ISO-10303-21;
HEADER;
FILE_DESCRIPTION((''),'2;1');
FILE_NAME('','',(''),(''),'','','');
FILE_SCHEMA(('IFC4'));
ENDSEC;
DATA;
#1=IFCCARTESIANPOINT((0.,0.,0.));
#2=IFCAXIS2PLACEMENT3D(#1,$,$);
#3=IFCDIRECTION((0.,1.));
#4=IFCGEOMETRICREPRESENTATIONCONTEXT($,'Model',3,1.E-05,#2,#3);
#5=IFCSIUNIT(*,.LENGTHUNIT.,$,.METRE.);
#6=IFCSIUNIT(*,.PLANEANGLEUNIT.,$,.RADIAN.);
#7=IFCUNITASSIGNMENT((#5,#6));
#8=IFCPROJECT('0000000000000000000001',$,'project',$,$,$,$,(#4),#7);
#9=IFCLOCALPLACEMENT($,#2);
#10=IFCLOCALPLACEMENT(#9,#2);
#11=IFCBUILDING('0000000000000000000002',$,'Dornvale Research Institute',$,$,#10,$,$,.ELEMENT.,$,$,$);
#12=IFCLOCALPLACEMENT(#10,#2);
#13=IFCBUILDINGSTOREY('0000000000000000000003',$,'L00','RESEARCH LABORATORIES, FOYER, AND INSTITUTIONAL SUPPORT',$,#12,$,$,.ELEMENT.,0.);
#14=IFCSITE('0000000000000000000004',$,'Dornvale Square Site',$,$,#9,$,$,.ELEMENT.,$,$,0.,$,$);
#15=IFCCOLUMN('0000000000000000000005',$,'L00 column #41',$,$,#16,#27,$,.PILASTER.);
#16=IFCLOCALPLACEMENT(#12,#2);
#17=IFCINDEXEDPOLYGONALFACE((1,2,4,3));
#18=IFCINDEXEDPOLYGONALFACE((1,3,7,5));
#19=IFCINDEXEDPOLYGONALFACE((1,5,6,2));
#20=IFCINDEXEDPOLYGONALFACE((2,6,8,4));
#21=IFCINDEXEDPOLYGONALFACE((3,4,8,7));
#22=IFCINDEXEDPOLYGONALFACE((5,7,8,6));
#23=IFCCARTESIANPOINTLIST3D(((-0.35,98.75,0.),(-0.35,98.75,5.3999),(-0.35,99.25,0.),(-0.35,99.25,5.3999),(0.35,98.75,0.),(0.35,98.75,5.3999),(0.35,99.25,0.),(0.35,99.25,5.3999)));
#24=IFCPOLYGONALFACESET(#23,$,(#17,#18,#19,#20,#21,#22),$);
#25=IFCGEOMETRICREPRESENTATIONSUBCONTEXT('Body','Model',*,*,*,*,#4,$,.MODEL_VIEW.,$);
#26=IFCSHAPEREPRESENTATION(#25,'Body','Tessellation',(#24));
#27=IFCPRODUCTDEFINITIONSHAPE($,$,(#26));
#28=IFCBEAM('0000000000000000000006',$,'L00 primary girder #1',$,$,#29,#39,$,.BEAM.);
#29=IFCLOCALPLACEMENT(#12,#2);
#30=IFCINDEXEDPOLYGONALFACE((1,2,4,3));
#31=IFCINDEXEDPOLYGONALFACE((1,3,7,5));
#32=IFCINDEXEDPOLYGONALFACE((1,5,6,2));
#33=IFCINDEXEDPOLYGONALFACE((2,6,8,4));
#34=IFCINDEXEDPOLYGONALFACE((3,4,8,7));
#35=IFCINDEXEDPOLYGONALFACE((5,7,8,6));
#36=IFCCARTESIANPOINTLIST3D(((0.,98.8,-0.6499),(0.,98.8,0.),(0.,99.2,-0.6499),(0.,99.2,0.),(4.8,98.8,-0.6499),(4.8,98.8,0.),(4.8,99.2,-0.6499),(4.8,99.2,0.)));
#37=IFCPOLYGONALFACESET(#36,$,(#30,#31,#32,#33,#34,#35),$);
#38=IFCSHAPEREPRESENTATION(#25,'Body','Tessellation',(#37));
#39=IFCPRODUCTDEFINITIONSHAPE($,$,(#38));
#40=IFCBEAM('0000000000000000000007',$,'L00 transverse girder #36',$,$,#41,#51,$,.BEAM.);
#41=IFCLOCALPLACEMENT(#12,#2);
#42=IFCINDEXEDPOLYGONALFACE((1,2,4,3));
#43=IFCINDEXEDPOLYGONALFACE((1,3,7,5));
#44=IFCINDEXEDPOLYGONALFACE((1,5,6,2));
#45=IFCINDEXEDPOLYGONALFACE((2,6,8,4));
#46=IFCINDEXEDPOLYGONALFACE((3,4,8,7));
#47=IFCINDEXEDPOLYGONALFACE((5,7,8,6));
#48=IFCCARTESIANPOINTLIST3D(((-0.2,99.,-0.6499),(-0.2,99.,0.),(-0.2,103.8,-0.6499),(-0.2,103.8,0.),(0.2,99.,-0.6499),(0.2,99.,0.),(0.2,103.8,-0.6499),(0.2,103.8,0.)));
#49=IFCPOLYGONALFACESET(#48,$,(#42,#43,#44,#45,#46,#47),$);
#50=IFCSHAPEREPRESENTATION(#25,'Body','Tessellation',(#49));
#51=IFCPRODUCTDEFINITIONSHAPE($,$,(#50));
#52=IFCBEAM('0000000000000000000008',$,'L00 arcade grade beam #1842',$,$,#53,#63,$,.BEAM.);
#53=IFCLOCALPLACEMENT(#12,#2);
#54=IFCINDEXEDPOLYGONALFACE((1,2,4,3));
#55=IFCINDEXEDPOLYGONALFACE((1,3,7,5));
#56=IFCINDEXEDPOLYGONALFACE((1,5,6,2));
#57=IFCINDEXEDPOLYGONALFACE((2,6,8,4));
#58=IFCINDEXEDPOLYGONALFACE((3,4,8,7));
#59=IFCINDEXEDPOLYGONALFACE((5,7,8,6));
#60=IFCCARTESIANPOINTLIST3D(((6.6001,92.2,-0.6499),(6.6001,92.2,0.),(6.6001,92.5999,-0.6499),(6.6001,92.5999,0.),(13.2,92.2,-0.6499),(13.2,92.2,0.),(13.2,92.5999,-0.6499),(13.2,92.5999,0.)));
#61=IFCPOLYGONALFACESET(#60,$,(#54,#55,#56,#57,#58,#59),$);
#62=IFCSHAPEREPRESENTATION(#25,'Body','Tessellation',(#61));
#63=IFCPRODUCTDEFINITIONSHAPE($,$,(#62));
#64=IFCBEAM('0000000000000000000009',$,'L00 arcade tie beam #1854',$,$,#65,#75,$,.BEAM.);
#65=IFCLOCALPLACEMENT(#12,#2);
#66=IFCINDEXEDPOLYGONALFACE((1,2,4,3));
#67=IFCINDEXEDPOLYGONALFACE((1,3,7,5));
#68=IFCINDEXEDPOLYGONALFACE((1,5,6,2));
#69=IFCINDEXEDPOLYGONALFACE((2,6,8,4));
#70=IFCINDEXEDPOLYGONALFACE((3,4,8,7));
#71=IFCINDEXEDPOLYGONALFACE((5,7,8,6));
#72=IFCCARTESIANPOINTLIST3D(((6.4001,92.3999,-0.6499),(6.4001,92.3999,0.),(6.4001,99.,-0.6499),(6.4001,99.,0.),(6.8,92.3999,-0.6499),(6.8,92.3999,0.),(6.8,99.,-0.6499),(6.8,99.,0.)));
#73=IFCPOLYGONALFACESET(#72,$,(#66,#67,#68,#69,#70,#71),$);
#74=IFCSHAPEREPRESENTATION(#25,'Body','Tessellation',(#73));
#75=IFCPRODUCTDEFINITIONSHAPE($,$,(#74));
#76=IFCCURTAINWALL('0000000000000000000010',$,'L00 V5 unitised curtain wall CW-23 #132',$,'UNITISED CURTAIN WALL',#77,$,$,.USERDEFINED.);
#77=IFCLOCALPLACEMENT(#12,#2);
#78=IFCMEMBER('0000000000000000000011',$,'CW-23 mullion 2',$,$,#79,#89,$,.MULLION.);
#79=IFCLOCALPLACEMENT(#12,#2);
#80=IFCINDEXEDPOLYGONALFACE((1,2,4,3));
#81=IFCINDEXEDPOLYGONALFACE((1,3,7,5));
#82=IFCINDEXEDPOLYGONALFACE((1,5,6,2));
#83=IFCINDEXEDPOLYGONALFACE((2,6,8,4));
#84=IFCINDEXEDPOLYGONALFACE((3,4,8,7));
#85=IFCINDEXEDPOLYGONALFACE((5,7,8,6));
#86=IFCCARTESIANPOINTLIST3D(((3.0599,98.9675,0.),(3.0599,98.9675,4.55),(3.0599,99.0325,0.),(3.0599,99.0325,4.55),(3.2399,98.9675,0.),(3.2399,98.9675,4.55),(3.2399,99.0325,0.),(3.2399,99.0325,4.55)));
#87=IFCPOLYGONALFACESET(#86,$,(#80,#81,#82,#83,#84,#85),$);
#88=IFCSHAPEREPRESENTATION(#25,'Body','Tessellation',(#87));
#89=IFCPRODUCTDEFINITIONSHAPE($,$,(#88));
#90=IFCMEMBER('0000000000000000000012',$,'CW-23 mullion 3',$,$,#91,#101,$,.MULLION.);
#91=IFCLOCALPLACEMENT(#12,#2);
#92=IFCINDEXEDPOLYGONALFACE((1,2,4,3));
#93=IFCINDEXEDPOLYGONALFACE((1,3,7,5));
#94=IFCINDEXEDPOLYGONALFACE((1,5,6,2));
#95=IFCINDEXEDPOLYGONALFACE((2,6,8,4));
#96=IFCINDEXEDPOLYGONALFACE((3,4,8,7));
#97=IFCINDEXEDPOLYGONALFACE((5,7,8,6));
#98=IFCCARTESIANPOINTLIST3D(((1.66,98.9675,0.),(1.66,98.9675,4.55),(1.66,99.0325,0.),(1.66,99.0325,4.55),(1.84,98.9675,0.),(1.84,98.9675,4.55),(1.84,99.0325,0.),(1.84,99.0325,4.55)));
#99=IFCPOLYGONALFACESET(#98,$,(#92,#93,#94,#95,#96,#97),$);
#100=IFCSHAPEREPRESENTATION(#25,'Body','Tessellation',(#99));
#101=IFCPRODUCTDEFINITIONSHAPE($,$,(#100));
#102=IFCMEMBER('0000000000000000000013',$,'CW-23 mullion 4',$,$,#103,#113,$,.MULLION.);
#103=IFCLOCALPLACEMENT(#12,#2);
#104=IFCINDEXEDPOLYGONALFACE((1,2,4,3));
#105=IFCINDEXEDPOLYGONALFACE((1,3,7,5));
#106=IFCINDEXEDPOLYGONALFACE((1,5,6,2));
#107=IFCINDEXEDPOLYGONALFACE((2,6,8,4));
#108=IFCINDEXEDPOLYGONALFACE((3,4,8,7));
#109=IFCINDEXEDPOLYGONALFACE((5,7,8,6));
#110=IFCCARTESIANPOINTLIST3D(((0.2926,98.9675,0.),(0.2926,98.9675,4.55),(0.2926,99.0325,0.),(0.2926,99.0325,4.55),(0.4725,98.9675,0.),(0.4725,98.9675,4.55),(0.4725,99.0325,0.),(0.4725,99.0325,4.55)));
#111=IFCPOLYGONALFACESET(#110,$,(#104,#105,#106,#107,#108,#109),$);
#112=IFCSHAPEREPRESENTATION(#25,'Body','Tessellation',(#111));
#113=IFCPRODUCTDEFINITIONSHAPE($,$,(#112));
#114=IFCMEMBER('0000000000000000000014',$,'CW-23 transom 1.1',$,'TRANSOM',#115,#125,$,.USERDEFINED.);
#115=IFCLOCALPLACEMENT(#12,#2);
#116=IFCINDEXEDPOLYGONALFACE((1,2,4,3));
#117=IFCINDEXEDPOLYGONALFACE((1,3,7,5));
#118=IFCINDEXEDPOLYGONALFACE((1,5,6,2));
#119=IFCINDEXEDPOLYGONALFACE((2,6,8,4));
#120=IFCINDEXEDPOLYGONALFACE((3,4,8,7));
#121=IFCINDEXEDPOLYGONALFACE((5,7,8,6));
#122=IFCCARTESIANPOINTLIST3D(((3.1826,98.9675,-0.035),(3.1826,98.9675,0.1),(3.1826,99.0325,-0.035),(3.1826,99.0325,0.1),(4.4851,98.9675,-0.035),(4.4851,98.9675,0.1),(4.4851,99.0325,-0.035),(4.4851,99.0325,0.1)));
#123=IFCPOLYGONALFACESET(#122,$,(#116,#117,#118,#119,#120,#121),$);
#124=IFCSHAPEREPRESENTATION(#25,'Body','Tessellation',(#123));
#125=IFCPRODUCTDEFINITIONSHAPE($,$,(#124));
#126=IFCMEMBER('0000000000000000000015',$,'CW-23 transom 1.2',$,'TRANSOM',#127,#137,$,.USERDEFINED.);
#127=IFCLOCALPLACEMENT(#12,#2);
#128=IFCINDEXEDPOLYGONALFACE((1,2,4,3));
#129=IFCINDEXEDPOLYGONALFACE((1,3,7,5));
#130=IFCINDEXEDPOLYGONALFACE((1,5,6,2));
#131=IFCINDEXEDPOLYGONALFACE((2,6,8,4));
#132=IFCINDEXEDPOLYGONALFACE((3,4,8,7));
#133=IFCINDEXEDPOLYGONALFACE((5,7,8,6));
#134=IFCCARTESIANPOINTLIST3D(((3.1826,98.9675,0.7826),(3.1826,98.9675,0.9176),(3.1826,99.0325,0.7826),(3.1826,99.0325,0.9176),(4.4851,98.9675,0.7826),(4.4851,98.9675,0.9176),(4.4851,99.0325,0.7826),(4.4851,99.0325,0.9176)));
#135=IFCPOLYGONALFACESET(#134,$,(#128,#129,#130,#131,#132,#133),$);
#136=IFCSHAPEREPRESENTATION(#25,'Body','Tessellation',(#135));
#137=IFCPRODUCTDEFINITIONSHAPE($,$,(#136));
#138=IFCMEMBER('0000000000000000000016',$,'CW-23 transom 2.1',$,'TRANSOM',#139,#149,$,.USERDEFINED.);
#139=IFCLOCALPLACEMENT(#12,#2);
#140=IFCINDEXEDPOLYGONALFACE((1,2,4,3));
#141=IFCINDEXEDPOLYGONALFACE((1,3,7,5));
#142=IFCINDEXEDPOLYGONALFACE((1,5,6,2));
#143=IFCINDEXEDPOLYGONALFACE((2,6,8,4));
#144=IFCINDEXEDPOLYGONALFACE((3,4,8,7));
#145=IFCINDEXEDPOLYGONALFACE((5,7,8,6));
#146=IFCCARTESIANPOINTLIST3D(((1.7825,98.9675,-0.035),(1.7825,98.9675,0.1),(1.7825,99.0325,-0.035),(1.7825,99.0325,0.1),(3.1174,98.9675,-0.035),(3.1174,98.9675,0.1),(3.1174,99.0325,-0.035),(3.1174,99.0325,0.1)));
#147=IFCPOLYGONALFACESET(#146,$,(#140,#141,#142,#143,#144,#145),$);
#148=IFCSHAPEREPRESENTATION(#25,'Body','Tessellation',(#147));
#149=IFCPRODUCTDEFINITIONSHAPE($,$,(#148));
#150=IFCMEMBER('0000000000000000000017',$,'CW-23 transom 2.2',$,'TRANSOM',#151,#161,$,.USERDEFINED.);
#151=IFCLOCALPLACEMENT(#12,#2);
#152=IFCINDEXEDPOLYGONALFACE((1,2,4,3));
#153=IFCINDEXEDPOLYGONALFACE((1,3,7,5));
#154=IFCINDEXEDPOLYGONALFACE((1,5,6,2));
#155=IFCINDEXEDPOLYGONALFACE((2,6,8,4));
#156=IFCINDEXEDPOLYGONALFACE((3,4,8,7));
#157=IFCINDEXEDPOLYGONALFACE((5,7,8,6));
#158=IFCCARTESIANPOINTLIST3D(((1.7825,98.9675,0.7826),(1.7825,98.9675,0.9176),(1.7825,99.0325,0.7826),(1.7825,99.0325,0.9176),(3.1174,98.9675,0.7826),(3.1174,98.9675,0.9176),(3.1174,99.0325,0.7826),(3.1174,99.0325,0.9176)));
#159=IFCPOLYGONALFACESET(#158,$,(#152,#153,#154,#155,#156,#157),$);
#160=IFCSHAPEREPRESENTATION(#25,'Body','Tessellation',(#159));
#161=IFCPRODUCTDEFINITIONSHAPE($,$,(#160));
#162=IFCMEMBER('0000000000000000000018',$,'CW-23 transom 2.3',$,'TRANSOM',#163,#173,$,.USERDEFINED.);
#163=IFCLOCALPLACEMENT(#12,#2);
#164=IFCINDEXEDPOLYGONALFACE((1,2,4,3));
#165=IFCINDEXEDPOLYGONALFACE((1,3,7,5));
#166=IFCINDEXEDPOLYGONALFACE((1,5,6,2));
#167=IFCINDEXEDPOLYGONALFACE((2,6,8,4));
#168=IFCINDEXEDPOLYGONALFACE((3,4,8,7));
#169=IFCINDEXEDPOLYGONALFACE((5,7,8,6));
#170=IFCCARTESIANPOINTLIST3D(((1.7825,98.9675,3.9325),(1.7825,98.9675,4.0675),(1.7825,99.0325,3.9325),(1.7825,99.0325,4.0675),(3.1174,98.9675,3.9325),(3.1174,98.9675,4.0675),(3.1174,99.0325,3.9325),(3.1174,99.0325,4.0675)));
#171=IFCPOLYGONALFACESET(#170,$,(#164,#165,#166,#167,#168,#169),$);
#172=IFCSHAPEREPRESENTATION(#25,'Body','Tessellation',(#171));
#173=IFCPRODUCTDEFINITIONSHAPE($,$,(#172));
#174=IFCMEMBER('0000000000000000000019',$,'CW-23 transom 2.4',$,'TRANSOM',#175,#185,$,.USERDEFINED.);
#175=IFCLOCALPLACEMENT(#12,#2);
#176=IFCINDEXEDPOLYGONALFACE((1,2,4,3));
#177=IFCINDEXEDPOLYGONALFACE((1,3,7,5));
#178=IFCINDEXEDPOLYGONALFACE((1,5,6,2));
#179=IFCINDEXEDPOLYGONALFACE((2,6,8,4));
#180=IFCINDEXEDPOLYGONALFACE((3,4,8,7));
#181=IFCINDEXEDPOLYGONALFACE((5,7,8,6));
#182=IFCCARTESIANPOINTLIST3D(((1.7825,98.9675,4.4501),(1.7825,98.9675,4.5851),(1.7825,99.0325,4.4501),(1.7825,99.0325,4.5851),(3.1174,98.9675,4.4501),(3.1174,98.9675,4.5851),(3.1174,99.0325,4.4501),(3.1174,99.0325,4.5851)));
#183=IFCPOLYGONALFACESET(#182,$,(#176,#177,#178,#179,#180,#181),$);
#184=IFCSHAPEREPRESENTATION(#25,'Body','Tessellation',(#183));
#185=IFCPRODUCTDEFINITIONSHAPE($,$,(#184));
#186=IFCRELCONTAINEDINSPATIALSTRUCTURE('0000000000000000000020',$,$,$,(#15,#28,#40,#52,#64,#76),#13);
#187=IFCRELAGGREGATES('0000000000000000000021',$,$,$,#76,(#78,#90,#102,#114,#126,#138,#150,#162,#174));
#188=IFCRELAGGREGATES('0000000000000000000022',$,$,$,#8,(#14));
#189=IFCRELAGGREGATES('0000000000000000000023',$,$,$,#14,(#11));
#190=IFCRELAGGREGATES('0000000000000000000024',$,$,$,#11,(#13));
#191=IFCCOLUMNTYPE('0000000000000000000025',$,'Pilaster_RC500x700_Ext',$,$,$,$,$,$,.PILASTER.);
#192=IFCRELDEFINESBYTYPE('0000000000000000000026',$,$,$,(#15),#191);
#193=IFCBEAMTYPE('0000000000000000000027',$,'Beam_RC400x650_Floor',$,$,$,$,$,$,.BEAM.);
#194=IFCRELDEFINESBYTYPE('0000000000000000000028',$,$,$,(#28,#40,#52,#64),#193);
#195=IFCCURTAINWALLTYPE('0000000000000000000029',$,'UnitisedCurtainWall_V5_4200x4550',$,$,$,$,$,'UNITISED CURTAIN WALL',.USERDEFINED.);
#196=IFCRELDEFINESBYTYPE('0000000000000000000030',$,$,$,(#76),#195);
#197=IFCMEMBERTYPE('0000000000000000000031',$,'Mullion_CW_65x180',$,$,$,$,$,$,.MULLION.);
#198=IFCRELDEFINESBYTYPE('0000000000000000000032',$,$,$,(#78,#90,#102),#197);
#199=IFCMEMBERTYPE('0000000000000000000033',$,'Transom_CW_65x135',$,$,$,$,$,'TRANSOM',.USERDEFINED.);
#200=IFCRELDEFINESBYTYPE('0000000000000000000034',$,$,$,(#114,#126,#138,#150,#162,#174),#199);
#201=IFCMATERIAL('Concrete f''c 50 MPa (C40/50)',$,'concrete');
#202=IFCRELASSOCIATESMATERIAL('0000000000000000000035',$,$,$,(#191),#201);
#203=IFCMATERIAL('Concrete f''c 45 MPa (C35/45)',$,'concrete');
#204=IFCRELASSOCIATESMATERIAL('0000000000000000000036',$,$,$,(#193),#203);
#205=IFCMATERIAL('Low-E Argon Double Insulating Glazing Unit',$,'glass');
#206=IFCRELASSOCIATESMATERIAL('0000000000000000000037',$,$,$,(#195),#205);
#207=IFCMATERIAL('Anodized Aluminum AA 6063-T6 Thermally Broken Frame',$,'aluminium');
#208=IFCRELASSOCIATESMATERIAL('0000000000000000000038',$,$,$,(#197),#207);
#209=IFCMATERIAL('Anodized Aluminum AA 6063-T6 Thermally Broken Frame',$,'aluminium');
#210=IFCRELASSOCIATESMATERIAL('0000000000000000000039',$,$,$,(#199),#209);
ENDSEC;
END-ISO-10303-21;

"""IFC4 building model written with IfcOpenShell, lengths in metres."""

from ifc_helpers import new_model, si_unit, direction, frame, origin, origin_2d, place, context, subcontext, project, spatial, rectangle, extrude, material, material_profile, profile_set, type_object, element, aggregate, save


model = new_model("IFC4")

# Units and contexts
model_context = context("Model", 3, precision=1e-05, world=origin(), true_north=direction((0.0, 1.0)))
body_context = subcontext(model_context, "Body", "Model", "MODEL_VIEW")
ifc_project = project(units=[si_unit("LENGTHUNIT", "METRE"), si_unit("PLANEANGLEUNIT", "RADIAN")], contexts=[model_context])

# Site, building, storey
site_placement = place(None, origin())
site = spatial("IfcSite", under=ifc_project, at=site_placement, Name="Dornvale Square Site", CompositionType="ELEMENT", RefElevation=0.0)
building_placement = place(site_placement, origin())
building = spatial("IfcBuilding", under=site, at=building_placement, Name="Dornvale Research Institute", CompositionType="ELEMENT")
storey_placement = place(building_placement, origin())
storey = spatial("IfcBuildingStorey", under=building, at=storey_placement, Name="L00", Description="RESEARCH LABORATORIES, FOYER, AND INSTITUTIONAL SUPPORT", CompositionType="ELEMENT", Elevation=0.0)

# Column
ifc_material_1 = material(Name="Concrete f'c 50 MPa (C40/50)", Category="concrete")
ifc_material_profile_1 = material_profile(ifc_material_1, rectangle(XDim=0.5, YDim=0.7, at=origin_2d()), Name="RC 500x700")
ifc_profile_set_1 = profile_set([ifc_material_profile_1], Name="Concrete f'c 50 MPa (C40/50)")
column_type = type_object("IfcColumnType", Name="Pilaster_RC500x700_Ext", PredefinedType="PILASTER", material=ifc_profile_set_1)
column_placement = place(storey_placement, frame((0.0, 99.0, 0.0), z_axis=(0.0, 0.0, 1.0), x_axis=(0.0, 1.0, 0.0)))
element("IfcColumn", 1, at=column_placement, inside=storey, type_object=column_type, Name="L00 column #41", PredefinedType="PILASTER", context=body_context, shape_type="SweptSolid", body=[
    extrude(rectangle(XDim=0.5, YDim=0.7, at=origin_2d()), origin(), (0.0, 0.0, 1.0), 5.3999),
])

# Beams
ifc_material_2 = material(Name="Concrete f'c 45 MPa (C35/45)", Category="concrete")
ifc_material_profile_2 = material_profile(ifc_material_2, rectangle(XDim=0.3999, YDim=0.6499, at=origin_2d()), Name="RC 400x650")
ifc_profile_set_2 = profile_set([ifc_material_profile_2], Name="Concrete f'c 45 MPa (C35/45)")
beam_type = type_object("IfcBeamType", Name="Beam_RC400x650_Floor", PredefinedType="BEAM", material=ifc_profile_set_2)
for number, where, z_axis, x_axis, name in (
    (2, (0.0, 99.0, -0.325), (1.0, 0.0, 0.0), (0.0, 1.0, 0.0), "L00 primary girder #1"),
    (3, (0.0, 99.0, -0.325), (0.0, 1.0, 0.0), (-1.0, 0.0, 0.0), "L00 transverse girder #36"),
):
    element("IfcBeam", number, at=place(storey_placement, frame(where, z_axis=z_axis, x_axis=x_axis)), inside=storey, type_object=beam_type, Name=name, PredefinedType="BEAM", context=body_context, shape_type="SweptSolid", body=[
        extrude(rectangle(XDim=0.3999, YDim=0.6499, at=origin_2d()), origin(), (0.0, 0.0, 1.0), 4.8),
    ])
beam_1_placement = place(storey_placement, frame((6.6001, 92.3999, -0.325), z_axis=(1.0, 0.0, 0.0), x_axis=(0.0, 1.0, 0.0)))
element("IfcBeam", 4, at=beam_1_placement, inside=storey, type_object=beam_type, Name="L00 arcade grade beam #1842", PredefinedType="BEAM", context=body_context, shape_type="SweptSolid", body=[
    extrude(rectangle(XDim=0.3999, YDim=0.6499, at=origin_2d()), origin(), (0.0, 0.0, 1.0), 6.5999),
])
beam_2_placement = place(storey_placement, frame((6.6001, 92.3999, -0.325), z_axis=(0.0, 1.0, 0.0), x_axis=(-1.0, 0.0, 0.0)))
element("IfcBeam", 5, at=beam_2_placement, inside=storey, type_object=beam_type, Name="L00 arcade tie beam #1854", PredefinedType="BEAM", context=body_context, shape_type="SweptSolid", body=[
    extrude(rectangle(XDim=0.3999, YDim=0.6499, at=origin_2d()), origin(), (0.0, 0.0, 1.0), 6.6001),
])

# Curtain wall, members
ifc_material_3 = material(Name="Low-E Argon Double Insulating Glazing Unit", Category="glass")
curtain_wall_type = type_object("IfcCurtainWallType", Name="UnitisedCurtainWall_V5_4200x4550", ElementType="UNITISED CURTAIN WALL", PredefinedType="USERDEFINED", material=ifc_material_3)
curtain_wall_placement = place(storey_placement, origin())
curtain_wall = element("IfcCurtainWall", 6, at=curtain_wall_placement, inside=storey, type_object=curtain_wall_type, Name="L00 V5 unitised curtain wall CW-23 #132", ObjectType="UNITISED CURTAIN WALL", PredefinedType="USERDEFINED")
ifc_material_4 = material(Name="Anodized Aluminum AA 6063-T6 Thermally Broken Frame", Category="aluminium")
ifc_material_profile_3 = material_profile(ifc_material_4, rectangle(XDim=0.0649, YDim=0.1799, at=origin_2d()), Name="ALU MULLION 65x180")
ifc_profile_set_3 = profile_set([ifc_material_profile_3], Name="Anodized Aluminum AA 6063-T6 Thermally Broken Frame")
member_type_1 = type_object("IfcMemberType", Name="Mullion_CW_65x180", PredefinedType="MULLION", material=ifc_profile_set_3)
member_1_placement = place(storey_placement, frame((3.1499, 99.0, 0.0), z_axis=(0.0, 0.0, 1.0), x_axis=(0.0, -1.0, 0.0)))
member_1 = element("IfcMember", 7, at=member_1_placement, type_object=member_type_1, Name="CW-23 mullion 2", PredefinedType="MULLION", context=body_context, shape_type="SweptSolid", body=[
    extrude(rectangle(XDim=0.0649, YDim=0.1799, at=origin_2d()), origin(), (0.0, 0.0, 1.0), 4.55),
])
member_2_placement = place(storey_placement, frame((1.75, 99.0, 0.0), z_axis=(0.0, 0.0, 1.0), x_axis=(0.0, -1.0, 0.0)))
member_2 = element("IfcMember", 8, at=member_2_placement, type_object=member_type_1, Name="CW-23 mullion 3", PredefinedType="MULLION", context=body_context, shape_type="SweptSolid", body=[
    extrude(rectangle(XDim=0.0649, YDim=0.1799, at=origin_2d()), origin(), (0.0, 0.0, 1.0), 4.55),
])
member_3_placement = place(storey_placement, frame((0.3826, 99.0, 0.0), z_axis=(0.0, 0.0, 1.0), x_axis=(0.0, -1.0, 0.0)))
member_3 = element("IfcMember", 9, at=member_3_placement, type_object=member_type_1, Name="CW-23 mullion 4", PredefinedType="MULLION", context=body_context, shape_type="SweptSolid", body=[
    extrude(rectangle(XDim=0.0649, YDim=0.1799, at=origin_2d()), origin(), (0.0, 0.0, 1.0), 4.55),
])
ifc_material_5 = material(Name="Anodized Aluminum AA 6063-T6 Thermally Broken Frame", Category="aluminium")
ifc_material_profile_4 = material_profile(ifc_material_5, rectangle(XDim=0.0649, YDim=0.135, at=origin_2d()), Name="ALU TRANSOM 65x135")
ifc_profile_set_4 = profile_set([ifc_material_profile_4], Name="Anodized Aluminum AA 6063-T6 Thermally Broken Frame")
member_type_2 = type_object("IfcMemberType", Name="Transom_CW_65x135", ElementType="TRANSOM", PredefinedType="USERDEFINED", material=ifc_profile_set_4)
member_4_placement = place(storey_placement, frame((4.4851, 99.0, 0.0325), z_axis=(-1.0, 0.0, 0.0), x_axis=(0.0, -1.0, 0.0)))
member_4 = element("IfcMember", 10, at=member_4_placement, type_object=member_type_2, Name="CW-23 transom 1.1", ObjectType="TRANSOM", PredefinedType="USERDEFINED", context=body_context, shape_type="SweptSolid", body=[
    extrude(rectangle(XDim=0.0649, YDim=0.135, at=origin_2d()), origin(), (0.0, 0.0, 1.0), 1.3025),
])
member_5_placement = place(storey_placement, frame((4.4851, 99.0, 0.8501), z_axis=(-1.0, 0.0, 0.0), x_axis=(0.0, -1.0, 0.0)))
member_5 = element("IfcMember", 11, at=member_5_placement, type_object=member_type_2, Name="CW-23 transom 1.2", ObjectType="TRANSOM", PredefinedType="USERDEFINED", context=body_context, shape_type="SweptSolid", body=[
    extrude(rectangle(XDim=0.0649, YDim=0.135, at=origin_2d()), origin(), (0.0, 0.0, 1.0), 1.3025),
])
member_6_placement = place(storey_placement, frame((3.1174, 99.0, 0.0325), z_axis=(-1.0, 0.0, 0.0), x_axis=(0.0, -1.0, 0.0)))
member_6 = element("IfcMember", 12, at=member_6_placement, type_object=member_type_2, Name="CW-23 transom 2.1", ObjectType="TRANSOM", PredefinedType="USERDEFINED", context=body_context, shape_type="SweptSolid", body=[
    extrude(rectangle(XDim=0.0649, YDim=0.135, at=origin_2d()), origin(), (0.0, 0.0, 1.0), 1.335),
])
member_7_placement = place(storey_placement, frame((3.1174, 99.0, 0.8501), z_axis=(-1.0, 0.0, 0.0), x_axis=(0.0, -1.0, 0.0)))
member_7 = element("IfcMember", 13, at=member_7_placement, type_object=member_type_2, Name="CW-23 transom 2.2", ObjectType="TRANSOM", PredefinedType="USERDEFINED", context=body_context, shape_type="SweptSolid", body=[
    extrude(rectangle(XDim=0.0649, YDim=0.135, at=origin_2d()), origin(), (0.0, 0.0, 1.0), 1.335),
])
member_8_placement = place(storey_placement, frame((3.1174, 99.0, 4.0), z_axis=(-1.0, 0.0, 0.0), x_axis=(0.0, -1.0, 0.0)))
member_8 = element("IfcMember", 14, at=member_8_placement, type_object=member_type_2, Name="CW-23 transom 2.3", ObjectType="TRANSOM", PredefinedType="USERDEFINED", context=body_context, shape_type="SweptSolid", body=[
    extrude(rectangle(XDim=0.0649, YDim=0.135, at=origin_2d()), origin(), (0.0, 0.0, 1.0), 1.335),
])
member_9_placement = place(storey_placement, frame((3.1174, 99.0, 4.5176), z_axis=(-1.0, 0.0, 0.0), x_axis=(0.0, -1.0, 0.0)))
member_9 = element("IfcMember", 15, at=member_9_placement, type_object=member_type_2, Name="CW-23 transom 2.4", ObjectType="TRANSOM", PredefinedType="USERDEFINED", context=body_context, shape_type="SweptSolid", body=[
    extrude(rectangle(XDim=0.0649, YDim=0.135, at=origin_2d()), origin(), (0.0, 0.0, 1.0), 1.335),
])
aggregate(curtain_wall, [member_1, member_2, member_3, member_4, member_5, member_6, member_7, member_8, member_9])

save(model, "model.ifc")
